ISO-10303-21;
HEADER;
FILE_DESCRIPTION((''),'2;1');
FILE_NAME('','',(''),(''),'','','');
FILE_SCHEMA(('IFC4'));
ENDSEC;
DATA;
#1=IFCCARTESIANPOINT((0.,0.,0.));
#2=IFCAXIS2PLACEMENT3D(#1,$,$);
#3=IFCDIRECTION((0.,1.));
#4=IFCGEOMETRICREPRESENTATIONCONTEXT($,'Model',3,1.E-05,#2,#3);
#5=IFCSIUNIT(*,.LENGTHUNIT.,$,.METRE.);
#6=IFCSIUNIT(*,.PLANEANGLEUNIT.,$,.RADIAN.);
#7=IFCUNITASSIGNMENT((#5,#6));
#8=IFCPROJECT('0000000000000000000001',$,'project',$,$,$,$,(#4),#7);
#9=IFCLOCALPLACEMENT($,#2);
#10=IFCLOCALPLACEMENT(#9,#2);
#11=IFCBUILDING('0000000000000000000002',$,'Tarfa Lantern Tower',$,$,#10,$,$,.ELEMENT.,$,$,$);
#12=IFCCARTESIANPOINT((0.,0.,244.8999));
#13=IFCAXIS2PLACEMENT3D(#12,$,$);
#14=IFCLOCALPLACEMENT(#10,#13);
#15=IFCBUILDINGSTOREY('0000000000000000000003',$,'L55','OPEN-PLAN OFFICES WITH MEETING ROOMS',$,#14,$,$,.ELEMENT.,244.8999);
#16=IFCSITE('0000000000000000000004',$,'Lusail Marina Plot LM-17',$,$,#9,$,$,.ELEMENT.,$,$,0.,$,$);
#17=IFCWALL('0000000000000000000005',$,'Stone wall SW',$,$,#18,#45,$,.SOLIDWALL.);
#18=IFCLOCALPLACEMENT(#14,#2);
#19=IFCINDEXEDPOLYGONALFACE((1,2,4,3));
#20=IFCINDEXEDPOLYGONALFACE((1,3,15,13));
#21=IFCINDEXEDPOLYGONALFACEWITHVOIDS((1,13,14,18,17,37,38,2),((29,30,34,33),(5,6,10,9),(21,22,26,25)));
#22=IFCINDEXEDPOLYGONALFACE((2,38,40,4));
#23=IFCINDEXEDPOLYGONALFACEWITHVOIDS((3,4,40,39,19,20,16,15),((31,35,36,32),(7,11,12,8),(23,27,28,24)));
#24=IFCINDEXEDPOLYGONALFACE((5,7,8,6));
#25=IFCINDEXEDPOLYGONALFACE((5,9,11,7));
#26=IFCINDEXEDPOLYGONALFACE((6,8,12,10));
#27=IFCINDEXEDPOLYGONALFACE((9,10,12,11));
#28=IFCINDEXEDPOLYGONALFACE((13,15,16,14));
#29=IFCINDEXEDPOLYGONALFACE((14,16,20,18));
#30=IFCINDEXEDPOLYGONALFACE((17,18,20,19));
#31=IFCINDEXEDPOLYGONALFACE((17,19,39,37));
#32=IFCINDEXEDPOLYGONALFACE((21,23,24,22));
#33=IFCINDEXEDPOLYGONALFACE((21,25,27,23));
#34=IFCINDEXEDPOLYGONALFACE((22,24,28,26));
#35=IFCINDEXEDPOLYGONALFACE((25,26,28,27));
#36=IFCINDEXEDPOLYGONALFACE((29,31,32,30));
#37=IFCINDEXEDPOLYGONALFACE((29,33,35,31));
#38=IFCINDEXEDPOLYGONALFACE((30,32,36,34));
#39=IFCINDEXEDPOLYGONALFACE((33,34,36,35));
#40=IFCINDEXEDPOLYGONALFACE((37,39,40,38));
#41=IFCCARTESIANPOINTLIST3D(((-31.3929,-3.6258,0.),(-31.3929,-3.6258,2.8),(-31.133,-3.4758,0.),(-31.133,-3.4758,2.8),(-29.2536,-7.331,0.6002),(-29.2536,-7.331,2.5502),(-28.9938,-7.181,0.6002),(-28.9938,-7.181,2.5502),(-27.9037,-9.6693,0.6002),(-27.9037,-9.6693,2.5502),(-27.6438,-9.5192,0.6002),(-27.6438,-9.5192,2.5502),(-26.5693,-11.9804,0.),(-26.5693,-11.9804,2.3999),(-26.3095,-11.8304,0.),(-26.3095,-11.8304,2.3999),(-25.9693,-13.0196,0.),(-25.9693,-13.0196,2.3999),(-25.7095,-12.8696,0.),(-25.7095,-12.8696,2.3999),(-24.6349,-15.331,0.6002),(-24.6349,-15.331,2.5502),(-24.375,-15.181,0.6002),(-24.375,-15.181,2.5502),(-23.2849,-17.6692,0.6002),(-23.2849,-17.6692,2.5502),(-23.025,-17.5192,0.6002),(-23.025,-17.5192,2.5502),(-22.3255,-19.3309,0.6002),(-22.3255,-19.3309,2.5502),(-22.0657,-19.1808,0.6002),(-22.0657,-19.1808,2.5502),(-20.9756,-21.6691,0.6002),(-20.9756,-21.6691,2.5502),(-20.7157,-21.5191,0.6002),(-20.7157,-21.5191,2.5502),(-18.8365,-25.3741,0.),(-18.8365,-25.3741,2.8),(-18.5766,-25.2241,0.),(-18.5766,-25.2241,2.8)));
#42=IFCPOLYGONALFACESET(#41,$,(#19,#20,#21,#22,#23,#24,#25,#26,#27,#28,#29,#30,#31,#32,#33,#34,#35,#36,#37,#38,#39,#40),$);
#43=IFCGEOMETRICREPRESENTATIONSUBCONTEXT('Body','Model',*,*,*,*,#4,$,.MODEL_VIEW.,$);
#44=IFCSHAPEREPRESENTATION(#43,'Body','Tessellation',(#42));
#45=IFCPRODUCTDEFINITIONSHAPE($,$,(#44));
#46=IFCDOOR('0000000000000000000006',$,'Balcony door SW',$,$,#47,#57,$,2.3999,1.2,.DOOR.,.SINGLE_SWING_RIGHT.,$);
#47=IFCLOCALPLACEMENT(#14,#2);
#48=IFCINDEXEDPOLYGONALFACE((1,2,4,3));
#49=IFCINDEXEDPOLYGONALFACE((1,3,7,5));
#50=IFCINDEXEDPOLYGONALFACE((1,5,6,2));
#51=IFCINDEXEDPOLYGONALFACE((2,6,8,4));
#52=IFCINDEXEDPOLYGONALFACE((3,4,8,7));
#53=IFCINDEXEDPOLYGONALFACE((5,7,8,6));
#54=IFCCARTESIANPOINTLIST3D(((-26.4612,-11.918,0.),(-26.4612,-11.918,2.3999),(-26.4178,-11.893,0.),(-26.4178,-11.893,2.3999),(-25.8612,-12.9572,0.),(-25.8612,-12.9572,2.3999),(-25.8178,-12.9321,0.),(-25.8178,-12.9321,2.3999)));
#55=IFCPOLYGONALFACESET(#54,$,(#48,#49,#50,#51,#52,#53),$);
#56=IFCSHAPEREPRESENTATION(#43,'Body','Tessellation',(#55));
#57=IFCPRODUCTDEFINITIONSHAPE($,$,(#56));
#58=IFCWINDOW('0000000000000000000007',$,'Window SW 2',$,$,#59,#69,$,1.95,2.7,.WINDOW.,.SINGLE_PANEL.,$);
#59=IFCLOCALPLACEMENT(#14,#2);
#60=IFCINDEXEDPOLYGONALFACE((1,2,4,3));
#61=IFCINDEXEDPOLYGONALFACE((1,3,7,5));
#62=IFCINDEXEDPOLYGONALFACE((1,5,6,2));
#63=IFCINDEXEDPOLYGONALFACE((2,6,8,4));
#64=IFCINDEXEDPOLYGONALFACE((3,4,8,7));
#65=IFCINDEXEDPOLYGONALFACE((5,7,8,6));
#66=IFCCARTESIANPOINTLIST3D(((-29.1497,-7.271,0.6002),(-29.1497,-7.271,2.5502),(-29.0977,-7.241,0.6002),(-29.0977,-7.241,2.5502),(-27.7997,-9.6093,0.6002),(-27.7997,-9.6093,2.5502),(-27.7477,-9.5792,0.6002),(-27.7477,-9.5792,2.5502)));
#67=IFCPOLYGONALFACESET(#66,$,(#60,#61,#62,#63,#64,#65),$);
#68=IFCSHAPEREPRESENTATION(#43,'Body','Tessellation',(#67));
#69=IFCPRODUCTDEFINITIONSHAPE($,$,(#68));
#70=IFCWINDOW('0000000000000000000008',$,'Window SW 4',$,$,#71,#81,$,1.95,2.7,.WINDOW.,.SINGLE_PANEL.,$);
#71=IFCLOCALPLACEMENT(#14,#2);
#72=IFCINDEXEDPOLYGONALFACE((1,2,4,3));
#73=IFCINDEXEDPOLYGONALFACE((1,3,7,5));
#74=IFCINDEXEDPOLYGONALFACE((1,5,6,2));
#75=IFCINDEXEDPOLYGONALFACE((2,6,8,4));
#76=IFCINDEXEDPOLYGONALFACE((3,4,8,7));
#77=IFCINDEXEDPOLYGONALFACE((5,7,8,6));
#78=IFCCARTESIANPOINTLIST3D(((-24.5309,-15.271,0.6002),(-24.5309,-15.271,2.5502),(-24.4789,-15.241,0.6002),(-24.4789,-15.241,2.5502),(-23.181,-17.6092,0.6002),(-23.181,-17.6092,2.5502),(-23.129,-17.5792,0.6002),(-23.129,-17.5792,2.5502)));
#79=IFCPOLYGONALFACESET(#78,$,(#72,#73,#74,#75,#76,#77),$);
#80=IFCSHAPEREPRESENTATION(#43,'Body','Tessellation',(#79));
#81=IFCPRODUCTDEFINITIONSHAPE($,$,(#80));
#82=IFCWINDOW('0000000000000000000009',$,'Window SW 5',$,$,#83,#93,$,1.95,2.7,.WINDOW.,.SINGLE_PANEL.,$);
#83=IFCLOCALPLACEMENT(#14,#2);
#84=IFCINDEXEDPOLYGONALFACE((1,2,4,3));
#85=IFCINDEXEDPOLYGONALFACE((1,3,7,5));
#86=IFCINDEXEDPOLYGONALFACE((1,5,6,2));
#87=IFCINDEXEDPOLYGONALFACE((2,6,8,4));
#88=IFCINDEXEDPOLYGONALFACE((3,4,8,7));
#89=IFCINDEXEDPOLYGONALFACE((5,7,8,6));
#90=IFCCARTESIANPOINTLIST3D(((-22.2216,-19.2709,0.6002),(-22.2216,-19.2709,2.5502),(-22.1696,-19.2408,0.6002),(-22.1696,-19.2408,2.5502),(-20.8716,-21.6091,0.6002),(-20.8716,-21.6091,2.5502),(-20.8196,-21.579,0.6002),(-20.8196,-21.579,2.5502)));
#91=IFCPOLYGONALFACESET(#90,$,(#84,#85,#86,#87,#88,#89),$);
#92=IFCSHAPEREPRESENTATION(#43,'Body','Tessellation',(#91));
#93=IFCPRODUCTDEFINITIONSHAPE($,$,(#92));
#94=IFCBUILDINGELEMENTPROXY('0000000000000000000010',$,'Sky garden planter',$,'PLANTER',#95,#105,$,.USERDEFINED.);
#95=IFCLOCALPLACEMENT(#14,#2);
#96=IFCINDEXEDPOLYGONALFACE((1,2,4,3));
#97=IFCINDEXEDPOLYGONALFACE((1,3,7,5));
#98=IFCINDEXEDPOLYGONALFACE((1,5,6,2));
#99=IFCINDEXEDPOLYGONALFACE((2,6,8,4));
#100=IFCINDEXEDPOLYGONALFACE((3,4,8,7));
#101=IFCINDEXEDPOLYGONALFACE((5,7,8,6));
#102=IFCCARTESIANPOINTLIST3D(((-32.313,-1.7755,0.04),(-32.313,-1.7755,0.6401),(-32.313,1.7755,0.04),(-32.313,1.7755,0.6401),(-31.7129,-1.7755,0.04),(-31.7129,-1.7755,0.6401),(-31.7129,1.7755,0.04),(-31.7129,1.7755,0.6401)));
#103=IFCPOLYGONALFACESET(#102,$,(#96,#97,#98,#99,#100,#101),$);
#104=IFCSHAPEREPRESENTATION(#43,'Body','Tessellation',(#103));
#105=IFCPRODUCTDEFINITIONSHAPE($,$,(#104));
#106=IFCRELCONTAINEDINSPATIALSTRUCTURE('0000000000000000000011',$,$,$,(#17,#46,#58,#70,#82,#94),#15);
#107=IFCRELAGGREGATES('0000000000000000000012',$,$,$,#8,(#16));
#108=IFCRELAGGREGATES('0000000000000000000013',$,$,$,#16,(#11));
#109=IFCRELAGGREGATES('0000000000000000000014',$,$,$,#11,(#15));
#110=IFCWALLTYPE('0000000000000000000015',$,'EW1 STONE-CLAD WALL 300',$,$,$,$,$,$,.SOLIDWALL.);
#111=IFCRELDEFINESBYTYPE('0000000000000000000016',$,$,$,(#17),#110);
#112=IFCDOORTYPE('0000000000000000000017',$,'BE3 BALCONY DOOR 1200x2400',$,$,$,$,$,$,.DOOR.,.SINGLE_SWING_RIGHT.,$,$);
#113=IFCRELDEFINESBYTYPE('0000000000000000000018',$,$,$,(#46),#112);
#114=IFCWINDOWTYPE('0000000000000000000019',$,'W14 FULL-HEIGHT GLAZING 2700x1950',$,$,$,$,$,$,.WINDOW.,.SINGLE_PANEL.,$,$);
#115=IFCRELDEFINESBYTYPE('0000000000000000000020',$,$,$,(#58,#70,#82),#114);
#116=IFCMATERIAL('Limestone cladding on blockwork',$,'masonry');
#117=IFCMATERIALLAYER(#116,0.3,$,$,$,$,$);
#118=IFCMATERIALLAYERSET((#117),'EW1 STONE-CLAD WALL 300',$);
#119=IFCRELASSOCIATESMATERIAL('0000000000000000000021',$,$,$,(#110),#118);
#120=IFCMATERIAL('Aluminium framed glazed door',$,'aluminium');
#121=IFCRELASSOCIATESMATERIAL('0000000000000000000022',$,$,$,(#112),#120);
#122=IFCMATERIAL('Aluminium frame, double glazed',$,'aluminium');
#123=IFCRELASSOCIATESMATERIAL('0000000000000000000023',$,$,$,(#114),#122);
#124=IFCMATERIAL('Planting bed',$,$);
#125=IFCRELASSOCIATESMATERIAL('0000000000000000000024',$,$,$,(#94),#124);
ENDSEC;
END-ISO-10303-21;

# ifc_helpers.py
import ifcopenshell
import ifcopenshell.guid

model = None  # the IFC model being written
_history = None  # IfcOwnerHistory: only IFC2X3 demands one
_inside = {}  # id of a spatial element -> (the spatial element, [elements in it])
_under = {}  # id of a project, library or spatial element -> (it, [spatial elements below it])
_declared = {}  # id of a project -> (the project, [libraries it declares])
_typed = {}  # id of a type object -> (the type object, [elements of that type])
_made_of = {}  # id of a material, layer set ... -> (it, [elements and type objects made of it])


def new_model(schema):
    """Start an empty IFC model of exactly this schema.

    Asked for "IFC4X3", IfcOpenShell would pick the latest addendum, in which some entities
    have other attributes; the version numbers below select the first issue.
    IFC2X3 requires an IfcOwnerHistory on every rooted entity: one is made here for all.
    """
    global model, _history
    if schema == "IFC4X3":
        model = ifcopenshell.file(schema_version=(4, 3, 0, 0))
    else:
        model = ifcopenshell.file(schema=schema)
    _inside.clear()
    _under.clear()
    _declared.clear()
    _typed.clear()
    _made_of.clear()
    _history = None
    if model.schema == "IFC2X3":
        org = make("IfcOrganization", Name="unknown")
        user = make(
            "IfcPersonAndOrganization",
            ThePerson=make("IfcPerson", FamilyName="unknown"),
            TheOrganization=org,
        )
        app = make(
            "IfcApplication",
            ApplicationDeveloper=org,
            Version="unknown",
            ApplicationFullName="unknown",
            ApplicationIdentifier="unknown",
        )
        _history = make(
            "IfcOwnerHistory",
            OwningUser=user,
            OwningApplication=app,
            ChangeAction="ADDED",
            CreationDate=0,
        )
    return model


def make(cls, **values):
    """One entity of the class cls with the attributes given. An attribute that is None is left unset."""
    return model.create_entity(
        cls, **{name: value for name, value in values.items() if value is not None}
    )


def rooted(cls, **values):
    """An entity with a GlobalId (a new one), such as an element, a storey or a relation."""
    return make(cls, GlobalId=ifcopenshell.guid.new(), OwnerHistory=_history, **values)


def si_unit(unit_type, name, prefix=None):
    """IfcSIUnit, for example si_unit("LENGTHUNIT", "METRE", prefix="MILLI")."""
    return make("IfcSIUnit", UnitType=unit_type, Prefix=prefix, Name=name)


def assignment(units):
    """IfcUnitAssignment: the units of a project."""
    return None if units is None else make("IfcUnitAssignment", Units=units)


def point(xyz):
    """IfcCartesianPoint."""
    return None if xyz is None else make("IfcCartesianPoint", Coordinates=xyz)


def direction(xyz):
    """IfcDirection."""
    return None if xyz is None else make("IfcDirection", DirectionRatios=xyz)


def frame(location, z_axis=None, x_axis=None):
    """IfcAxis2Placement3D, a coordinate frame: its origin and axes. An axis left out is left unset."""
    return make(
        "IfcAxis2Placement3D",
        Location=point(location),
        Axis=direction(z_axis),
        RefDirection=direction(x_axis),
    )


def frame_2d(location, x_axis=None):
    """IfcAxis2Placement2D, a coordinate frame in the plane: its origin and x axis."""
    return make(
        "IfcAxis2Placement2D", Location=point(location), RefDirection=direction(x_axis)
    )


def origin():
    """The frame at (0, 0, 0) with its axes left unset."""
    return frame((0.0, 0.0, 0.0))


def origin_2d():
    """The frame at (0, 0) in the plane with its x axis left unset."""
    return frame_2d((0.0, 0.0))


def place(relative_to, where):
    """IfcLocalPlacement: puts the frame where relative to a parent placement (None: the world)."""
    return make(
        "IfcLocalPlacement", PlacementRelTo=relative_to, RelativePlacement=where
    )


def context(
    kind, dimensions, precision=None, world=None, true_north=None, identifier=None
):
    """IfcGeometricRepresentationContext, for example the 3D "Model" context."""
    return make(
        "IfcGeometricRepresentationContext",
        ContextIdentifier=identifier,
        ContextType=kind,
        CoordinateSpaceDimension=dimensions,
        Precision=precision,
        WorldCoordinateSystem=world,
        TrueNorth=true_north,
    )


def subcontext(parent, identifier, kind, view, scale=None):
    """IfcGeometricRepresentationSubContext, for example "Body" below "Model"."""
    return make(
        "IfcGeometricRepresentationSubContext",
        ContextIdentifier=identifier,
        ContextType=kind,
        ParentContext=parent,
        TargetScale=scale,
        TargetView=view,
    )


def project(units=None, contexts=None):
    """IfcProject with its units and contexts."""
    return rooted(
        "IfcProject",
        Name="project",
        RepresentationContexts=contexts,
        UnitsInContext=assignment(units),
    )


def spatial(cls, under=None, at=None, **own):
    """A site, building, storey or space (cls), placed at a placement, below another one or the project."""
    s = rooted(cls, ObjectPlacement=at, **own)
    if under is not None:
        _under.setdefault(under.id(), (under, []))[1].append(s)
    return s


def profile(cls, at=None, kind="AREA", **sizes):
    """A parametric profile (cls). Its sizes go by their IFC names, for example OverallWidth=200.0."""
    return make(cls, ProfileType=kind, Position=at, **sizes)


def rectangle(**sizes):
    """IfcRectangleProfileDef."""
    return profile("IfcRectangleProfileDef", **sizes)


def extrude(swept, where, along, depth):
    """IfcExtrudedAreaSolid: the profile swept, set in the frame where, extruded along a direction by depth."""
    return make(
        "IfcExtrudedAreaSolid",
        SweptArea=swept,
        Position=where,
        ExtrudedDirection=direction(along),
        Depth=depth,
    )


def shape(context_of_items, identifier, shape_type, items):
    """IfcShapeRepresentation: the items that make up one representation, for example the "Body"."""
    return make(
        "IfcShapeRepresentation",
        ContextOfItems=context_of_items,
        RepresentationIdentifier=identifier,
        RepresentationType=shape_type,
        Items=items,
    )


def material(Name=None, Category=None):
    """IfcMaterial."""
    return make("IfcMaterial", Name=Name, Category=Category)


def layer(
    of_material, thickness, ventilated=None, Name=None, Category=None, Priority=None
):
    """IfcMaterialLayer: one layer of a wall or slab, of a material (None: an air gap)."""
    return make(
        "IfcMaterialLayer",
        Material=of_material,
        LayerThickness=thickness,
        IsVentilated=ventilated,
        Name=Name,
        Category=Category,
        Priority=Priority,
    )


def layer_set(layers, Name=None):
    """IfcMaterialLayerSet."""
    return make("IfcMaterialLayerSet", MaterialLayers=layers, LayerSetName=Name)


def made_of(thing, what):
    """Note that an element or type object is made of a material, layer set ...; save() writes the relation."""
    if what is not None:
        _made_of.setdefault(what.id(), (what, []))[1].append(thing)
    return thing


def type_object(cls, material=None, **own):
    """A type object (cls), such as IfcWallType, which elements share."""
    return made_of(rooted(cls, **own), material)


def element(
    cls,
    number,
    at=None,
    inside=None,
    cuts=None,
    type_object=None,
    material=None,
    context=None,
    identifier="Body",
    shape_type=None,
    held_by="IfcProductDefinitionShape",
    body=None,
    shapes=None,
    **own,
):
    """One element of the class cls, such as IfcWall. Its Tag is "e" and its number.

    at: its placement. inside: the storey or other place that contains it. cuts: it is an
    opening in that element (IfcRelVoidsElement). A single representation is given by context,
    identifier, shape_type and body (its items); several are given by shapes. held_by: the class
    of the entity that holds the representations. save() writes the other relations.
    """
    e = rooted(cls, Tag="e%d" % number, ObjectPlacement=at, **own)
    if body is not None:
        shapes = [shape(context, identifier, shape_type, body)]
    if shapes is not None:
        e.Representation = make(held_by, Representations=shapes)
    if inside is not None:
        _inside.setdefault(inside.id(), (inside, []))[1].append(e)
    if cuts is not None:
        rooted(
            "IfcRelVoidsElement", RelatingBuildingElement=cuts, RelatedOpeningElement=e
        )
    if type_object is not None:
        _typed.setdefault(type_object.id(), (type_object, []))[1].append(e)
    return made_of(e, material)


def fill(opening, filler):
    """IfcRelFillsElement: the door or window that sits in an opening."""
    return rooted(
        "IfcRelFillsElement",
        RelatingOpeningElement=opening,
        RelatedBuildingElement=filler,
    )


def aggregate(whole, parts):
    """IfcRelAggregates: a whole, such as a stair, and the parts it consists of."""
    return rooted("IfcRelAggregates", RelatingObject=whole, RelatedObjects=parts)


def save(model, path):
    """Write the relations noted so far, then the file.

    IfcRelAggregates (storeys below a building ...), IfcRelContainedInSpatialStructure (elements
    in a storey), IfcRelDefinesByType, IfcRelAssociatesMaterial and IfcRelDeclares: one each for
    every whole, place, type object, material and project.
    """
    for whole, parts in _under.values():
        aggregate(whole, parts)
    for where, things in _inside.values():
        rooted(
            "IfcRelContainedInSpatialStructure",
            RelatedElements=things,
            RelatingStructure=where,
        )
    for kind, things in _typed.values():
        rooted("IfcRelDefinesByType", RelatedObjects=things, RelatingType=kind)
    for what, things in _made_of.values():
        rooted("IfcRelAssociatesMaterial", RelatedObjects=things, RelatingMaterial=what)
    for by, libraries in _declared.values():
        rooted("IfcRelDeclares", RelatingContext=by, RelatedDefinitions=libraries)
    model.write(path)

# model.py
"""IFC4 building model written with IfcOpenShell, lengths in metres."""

from ifc_helpers import new_model, si_unit, direction, frame, frame_2d, origin, origin_2d, place, context, subcontext, project, spatial, rectangle, extrude, material, layer, layer_set, type_object, element, fill, save


model = new_model("IFC4")

# Units and contexts
model_context = context("Model", 3, precision=1e-05, world=origin(), true_north=direction((0.0, 1.0)))
body_context = subcontext(model_context, "Body", "Model", "MODEL_VIEW")
ifc_project = project(units=[si_unit("LENGTHUNIT", "METRE"), si_unit("PLANEANGLEUNIT", "RADIAN")], contexts=[model_context])

# Site, building, storey
site_placement = place(None, origin())
site = spatial("IfcSite", under=ifc_project, at=site_placement, Name="Lusail Marina Plot LM-17", CompositionType="ELEMENT", RefElevation=0.0)
building_placement = place(site_placement, origin())
building = spatial("IfcBuilding", under=site, at=building_placement, Name="Tarfa Lantern Tower", CompositionType="ELEMENT")
storey_placement = place(building_placement, frame((0.0, 0.0, 244.8999)))
storey = spatial("IfcBuildingStorey", under=building, at=storey_placement, Name="L55", Description="OPEN-PLAN OFFICES WITH MEETING ROOMS", CompositionType="ELEMENT", Elevation=244.8999)

# Wall, openings, door, windows
ifc_material_1 = material(Name="Limestone cladding on blockwork", Category="masonry")
ifc_layer_1 = layer(ifc_material_1, 0.3)
ifc_layer_set_1 = layer_set([ifc_layer_1], Name="EW1 STONE-CLAD WALL 300")
wall_type = type_object("IfcWallType", Name="EW1 STONE-CLAD WALL 300", PredefinedType="SOLIDWALL", material=ifc_layer_set_1)
wall_placement = place(storey_placement, frame((-31.2629, -3.5508, 0.0), z_axis=(0.0, 0.0, 1.0), x_axis=(0.5, -0.866025, 0.0)))
wall = element("IfcWall", 1, at=wall_placement, inside=storey, type_object=wall_type, Name="Stone wall SW", PredefinedType="SOLIDWALL", context=body_context, shape_type="SweptSolid", body=[
    extrude(rectangle(XDim=25.1128, YDim=0.3, at=frame_2d((12.5564, 0.0))), origin(), (0.0, 0.0, 1.0), 2.8),
])
opening_1_placement = place(wall_placement, frame((4.2783, 0.0, 0.6001)))
opening_1 = element("IfcOpeningElement", 2, at=opening_1_placement, cuts=wall, PredefinedType="OPENING", context=body_context, shape_type="SweptSolid", body=[
    extrude(rectangle(XDim=2.7, YDim=1.95, at=frame_2d((1.3501, 0.9751))), frame((0.0, 0.1599, 0.0), z_axis=(0.0, -1.0, 0.0), x_axis=(1.0, 0.0, 0.0)), (0.0, 0.0, 1.0), 0.3201),
])
opening_2_placement = place(wall_placement, frame((9.647, 0.0, 0.0)))
opening_2 = element("IfcOpeningElement", 3, at=opening_2_placement, cuts=wall, PredefinedType="OPENING", context=body_context, shape_type="SweptSolid", body=[
    extrude(rectangle(XDim=1.2, YDim=2.3999, at=frame_2d((0.6001, 1.2))), frame((0.0, 0.1599, 0.0), z_axis=(0.0, -1.0, 0.0), x_axis=(1.0, 0.0, 0.0)), (0.0, 0.0, 1.0), 0.3201),
])
opening_3_placement = place(wall_placement, frame((13.5159, 0.0, 0.6001)))
opening_3 = element("IfcOpeningElement", 4, at=opening_3_placement, cuts=wall, PredefinedType="OPENING", context=body_context, shape_type="SweptSolid", body=[
    extrude(rectangle(XDim=2.7, YDim=1.95, at=frame_2d((1.3501, 0.9751))), frame((0.0, 0.1599, 0.0), z_axis=(0.0, -1.0, 0.0), x_axis=(1.0, 0.0, 0.0)), (0.0, 0.0, 1.0), 0.3201),
])
opening_4_placement = place(wall_placement, frame((18.1345, 0.0, 0.6001)))
opening_4 = element("IfcOpeningElement", 5, at=opening_4_placement, cuts=wall, PredefinedType="OPENING", context=body_context, shape_type="SweptSolid", body=[
    extrude(rectangle(XDim=2.7, YDim=1.95, at=frame_2d((1.3501, 0.9751))), frame((0.0, 0.1599, 0.0), z_axis=(0.0, -1.0, 0.0), x_axis=(1.0, 0.0, 0.0)), (0.0, 0.0, 1.0), 0.3201),
])
ifc_material_2 = material(Name="Aluminium framed glazed door", Category="aluminium")
door_type = type_object("IfcDoorType", Name="BE3 BALCONY DOOR 1200x2400", OperationType="SINGLE_SWING_RIGHT", PredefinedType="DOOR", material=ifc_material_2)
door_placement = place(opening_2_placement, origin())
door = element("IfcDoor", 6, at=door_placement, inside=storey, type_object=door_type, Name="Balcony door SW", OperationType="SINGLE_SWING_RIGHT", OverallHeight=2.3999, OverallWidth=1.2, PredefinedType="DOOR", context=body_context, shape_type="SweptSolid", body=[
    extrude(rectangle(XDim=1.2, YDim=2.3999, at=frame_2d((0.6001, 1.2))), frame((0.0, 0.0249, 0.0), z_axis=(0.0, -1.0, 0.0), x_axis=(1.0, 0.0, 0.0)), (0.0, 0.0, 1.0), 0.05),
])
fill(opening_2, door)
ifc_material_3 = material(Name="Aluminium frame, double glazed", Category="aluminium")
window_type = type_object("IfcWindowType", Name="W14 FULL-HEIGHT GLAZING 2700x1950", PartitioningType="SINGLE_PANEL", PredefinedType="WINDOW", material=ifc_material_3)
window_1_placement = place(opening_1_placement, origin())
window_1 = element("IfcWindow", 7, at=window_1_placement, inside=storey, type_object=window_type, Name="Window SW 2", OverallHeight=1.95, OverallWidth=2.7, PartitioningType="SINGLE_PANEL", PredefinedType="WINDOW", context=body_context, shape_type="SweptSolid", body=[
    extrude(rectangle(XDim=2.7, YDim=1.95, at=frame_2d((1.3501, 0.9751))), frame((0.0, 0.03, 0.0), z_axis=(0.0, -1.0, 0.0), x_axis=(1.0, 0.0, 0.0)), (0.0, 0.0, 1.0), 0.0601),
])
fill(opening_1, window_1)
window_2_placement = place(opening_3_placement, origin())
window_2 = element("IfcWindow", 8, at=window_2_placement, inside=storey, type_object=window_type, Name="Window SW 4", OverallHeight=1.95, OverallWidth=2.7, PartitioningType="SINGLE_PANEL", PredefinedType="WINDOW", context=body_context, shape_type="SweptSolid", body=[
    extrude(rectangle(XDim=2.7, YDim=1.95, at=frame_2d((1.3501, 0.9751))), frame((0.0, 0.03, 0.0), z_axis=(0.0, -1.0, 0.0), x_axis=(1.0, 0.0, 0.0)), (0.0, 0.0, 1.0), 0.0601),
])
fill(opening_3, window_2)
window_3_placement = place(opening_4_placement, origin())
window_3 = element("IfcWindow", 9, at=window_3_placement, inside=storey, type_object=window_type, Name="Window SW 5", OverallHeight=1.95, OverallWidth=2.7, PartitioningType="SINGLE_PANEL", PredefinedType="WINDOW", context=body_context, shape_type="SweptSolid", body=[
    extrude(rectangle(XDim=2.7, YDim=1.95, at=frame_2d((1.3501, 0.9751))), frame((0.0, 0.03, 0.0), z_axis=(0.0, -1.0, 0.0), x_axis=(1.0, 0.0, 0.0)), (0.0, 0.0, 1.0), 0.0601),
])
fill(opening_4, window_3)

# Building element proxy
ifc_material_4 = material(Name="Planting bed")
proxy_placement = place(storey_placement, frame((-32.0129, 0.0, 0.04), z_axis=(0.0, 0.0, 1.0), x_axis=(0.0, -1.0, 0.0)))
element("IfcBuildingElementProxy", 10, at=proxy_placement, inside=storey, material=ifc_material_4, Name="Sky garden planter", ObjectType="PLANTER", PredefinedType="USERDEFINED", context=body_context, shape_type="SweptSolid", body=[
    extrude(rectangle(XDim=3.551, YDim=0.6001, at=origin_2d()), origin(), (0.0, 0.0, 1.0), 0.6001),
])

save(model, "model.ifc")
